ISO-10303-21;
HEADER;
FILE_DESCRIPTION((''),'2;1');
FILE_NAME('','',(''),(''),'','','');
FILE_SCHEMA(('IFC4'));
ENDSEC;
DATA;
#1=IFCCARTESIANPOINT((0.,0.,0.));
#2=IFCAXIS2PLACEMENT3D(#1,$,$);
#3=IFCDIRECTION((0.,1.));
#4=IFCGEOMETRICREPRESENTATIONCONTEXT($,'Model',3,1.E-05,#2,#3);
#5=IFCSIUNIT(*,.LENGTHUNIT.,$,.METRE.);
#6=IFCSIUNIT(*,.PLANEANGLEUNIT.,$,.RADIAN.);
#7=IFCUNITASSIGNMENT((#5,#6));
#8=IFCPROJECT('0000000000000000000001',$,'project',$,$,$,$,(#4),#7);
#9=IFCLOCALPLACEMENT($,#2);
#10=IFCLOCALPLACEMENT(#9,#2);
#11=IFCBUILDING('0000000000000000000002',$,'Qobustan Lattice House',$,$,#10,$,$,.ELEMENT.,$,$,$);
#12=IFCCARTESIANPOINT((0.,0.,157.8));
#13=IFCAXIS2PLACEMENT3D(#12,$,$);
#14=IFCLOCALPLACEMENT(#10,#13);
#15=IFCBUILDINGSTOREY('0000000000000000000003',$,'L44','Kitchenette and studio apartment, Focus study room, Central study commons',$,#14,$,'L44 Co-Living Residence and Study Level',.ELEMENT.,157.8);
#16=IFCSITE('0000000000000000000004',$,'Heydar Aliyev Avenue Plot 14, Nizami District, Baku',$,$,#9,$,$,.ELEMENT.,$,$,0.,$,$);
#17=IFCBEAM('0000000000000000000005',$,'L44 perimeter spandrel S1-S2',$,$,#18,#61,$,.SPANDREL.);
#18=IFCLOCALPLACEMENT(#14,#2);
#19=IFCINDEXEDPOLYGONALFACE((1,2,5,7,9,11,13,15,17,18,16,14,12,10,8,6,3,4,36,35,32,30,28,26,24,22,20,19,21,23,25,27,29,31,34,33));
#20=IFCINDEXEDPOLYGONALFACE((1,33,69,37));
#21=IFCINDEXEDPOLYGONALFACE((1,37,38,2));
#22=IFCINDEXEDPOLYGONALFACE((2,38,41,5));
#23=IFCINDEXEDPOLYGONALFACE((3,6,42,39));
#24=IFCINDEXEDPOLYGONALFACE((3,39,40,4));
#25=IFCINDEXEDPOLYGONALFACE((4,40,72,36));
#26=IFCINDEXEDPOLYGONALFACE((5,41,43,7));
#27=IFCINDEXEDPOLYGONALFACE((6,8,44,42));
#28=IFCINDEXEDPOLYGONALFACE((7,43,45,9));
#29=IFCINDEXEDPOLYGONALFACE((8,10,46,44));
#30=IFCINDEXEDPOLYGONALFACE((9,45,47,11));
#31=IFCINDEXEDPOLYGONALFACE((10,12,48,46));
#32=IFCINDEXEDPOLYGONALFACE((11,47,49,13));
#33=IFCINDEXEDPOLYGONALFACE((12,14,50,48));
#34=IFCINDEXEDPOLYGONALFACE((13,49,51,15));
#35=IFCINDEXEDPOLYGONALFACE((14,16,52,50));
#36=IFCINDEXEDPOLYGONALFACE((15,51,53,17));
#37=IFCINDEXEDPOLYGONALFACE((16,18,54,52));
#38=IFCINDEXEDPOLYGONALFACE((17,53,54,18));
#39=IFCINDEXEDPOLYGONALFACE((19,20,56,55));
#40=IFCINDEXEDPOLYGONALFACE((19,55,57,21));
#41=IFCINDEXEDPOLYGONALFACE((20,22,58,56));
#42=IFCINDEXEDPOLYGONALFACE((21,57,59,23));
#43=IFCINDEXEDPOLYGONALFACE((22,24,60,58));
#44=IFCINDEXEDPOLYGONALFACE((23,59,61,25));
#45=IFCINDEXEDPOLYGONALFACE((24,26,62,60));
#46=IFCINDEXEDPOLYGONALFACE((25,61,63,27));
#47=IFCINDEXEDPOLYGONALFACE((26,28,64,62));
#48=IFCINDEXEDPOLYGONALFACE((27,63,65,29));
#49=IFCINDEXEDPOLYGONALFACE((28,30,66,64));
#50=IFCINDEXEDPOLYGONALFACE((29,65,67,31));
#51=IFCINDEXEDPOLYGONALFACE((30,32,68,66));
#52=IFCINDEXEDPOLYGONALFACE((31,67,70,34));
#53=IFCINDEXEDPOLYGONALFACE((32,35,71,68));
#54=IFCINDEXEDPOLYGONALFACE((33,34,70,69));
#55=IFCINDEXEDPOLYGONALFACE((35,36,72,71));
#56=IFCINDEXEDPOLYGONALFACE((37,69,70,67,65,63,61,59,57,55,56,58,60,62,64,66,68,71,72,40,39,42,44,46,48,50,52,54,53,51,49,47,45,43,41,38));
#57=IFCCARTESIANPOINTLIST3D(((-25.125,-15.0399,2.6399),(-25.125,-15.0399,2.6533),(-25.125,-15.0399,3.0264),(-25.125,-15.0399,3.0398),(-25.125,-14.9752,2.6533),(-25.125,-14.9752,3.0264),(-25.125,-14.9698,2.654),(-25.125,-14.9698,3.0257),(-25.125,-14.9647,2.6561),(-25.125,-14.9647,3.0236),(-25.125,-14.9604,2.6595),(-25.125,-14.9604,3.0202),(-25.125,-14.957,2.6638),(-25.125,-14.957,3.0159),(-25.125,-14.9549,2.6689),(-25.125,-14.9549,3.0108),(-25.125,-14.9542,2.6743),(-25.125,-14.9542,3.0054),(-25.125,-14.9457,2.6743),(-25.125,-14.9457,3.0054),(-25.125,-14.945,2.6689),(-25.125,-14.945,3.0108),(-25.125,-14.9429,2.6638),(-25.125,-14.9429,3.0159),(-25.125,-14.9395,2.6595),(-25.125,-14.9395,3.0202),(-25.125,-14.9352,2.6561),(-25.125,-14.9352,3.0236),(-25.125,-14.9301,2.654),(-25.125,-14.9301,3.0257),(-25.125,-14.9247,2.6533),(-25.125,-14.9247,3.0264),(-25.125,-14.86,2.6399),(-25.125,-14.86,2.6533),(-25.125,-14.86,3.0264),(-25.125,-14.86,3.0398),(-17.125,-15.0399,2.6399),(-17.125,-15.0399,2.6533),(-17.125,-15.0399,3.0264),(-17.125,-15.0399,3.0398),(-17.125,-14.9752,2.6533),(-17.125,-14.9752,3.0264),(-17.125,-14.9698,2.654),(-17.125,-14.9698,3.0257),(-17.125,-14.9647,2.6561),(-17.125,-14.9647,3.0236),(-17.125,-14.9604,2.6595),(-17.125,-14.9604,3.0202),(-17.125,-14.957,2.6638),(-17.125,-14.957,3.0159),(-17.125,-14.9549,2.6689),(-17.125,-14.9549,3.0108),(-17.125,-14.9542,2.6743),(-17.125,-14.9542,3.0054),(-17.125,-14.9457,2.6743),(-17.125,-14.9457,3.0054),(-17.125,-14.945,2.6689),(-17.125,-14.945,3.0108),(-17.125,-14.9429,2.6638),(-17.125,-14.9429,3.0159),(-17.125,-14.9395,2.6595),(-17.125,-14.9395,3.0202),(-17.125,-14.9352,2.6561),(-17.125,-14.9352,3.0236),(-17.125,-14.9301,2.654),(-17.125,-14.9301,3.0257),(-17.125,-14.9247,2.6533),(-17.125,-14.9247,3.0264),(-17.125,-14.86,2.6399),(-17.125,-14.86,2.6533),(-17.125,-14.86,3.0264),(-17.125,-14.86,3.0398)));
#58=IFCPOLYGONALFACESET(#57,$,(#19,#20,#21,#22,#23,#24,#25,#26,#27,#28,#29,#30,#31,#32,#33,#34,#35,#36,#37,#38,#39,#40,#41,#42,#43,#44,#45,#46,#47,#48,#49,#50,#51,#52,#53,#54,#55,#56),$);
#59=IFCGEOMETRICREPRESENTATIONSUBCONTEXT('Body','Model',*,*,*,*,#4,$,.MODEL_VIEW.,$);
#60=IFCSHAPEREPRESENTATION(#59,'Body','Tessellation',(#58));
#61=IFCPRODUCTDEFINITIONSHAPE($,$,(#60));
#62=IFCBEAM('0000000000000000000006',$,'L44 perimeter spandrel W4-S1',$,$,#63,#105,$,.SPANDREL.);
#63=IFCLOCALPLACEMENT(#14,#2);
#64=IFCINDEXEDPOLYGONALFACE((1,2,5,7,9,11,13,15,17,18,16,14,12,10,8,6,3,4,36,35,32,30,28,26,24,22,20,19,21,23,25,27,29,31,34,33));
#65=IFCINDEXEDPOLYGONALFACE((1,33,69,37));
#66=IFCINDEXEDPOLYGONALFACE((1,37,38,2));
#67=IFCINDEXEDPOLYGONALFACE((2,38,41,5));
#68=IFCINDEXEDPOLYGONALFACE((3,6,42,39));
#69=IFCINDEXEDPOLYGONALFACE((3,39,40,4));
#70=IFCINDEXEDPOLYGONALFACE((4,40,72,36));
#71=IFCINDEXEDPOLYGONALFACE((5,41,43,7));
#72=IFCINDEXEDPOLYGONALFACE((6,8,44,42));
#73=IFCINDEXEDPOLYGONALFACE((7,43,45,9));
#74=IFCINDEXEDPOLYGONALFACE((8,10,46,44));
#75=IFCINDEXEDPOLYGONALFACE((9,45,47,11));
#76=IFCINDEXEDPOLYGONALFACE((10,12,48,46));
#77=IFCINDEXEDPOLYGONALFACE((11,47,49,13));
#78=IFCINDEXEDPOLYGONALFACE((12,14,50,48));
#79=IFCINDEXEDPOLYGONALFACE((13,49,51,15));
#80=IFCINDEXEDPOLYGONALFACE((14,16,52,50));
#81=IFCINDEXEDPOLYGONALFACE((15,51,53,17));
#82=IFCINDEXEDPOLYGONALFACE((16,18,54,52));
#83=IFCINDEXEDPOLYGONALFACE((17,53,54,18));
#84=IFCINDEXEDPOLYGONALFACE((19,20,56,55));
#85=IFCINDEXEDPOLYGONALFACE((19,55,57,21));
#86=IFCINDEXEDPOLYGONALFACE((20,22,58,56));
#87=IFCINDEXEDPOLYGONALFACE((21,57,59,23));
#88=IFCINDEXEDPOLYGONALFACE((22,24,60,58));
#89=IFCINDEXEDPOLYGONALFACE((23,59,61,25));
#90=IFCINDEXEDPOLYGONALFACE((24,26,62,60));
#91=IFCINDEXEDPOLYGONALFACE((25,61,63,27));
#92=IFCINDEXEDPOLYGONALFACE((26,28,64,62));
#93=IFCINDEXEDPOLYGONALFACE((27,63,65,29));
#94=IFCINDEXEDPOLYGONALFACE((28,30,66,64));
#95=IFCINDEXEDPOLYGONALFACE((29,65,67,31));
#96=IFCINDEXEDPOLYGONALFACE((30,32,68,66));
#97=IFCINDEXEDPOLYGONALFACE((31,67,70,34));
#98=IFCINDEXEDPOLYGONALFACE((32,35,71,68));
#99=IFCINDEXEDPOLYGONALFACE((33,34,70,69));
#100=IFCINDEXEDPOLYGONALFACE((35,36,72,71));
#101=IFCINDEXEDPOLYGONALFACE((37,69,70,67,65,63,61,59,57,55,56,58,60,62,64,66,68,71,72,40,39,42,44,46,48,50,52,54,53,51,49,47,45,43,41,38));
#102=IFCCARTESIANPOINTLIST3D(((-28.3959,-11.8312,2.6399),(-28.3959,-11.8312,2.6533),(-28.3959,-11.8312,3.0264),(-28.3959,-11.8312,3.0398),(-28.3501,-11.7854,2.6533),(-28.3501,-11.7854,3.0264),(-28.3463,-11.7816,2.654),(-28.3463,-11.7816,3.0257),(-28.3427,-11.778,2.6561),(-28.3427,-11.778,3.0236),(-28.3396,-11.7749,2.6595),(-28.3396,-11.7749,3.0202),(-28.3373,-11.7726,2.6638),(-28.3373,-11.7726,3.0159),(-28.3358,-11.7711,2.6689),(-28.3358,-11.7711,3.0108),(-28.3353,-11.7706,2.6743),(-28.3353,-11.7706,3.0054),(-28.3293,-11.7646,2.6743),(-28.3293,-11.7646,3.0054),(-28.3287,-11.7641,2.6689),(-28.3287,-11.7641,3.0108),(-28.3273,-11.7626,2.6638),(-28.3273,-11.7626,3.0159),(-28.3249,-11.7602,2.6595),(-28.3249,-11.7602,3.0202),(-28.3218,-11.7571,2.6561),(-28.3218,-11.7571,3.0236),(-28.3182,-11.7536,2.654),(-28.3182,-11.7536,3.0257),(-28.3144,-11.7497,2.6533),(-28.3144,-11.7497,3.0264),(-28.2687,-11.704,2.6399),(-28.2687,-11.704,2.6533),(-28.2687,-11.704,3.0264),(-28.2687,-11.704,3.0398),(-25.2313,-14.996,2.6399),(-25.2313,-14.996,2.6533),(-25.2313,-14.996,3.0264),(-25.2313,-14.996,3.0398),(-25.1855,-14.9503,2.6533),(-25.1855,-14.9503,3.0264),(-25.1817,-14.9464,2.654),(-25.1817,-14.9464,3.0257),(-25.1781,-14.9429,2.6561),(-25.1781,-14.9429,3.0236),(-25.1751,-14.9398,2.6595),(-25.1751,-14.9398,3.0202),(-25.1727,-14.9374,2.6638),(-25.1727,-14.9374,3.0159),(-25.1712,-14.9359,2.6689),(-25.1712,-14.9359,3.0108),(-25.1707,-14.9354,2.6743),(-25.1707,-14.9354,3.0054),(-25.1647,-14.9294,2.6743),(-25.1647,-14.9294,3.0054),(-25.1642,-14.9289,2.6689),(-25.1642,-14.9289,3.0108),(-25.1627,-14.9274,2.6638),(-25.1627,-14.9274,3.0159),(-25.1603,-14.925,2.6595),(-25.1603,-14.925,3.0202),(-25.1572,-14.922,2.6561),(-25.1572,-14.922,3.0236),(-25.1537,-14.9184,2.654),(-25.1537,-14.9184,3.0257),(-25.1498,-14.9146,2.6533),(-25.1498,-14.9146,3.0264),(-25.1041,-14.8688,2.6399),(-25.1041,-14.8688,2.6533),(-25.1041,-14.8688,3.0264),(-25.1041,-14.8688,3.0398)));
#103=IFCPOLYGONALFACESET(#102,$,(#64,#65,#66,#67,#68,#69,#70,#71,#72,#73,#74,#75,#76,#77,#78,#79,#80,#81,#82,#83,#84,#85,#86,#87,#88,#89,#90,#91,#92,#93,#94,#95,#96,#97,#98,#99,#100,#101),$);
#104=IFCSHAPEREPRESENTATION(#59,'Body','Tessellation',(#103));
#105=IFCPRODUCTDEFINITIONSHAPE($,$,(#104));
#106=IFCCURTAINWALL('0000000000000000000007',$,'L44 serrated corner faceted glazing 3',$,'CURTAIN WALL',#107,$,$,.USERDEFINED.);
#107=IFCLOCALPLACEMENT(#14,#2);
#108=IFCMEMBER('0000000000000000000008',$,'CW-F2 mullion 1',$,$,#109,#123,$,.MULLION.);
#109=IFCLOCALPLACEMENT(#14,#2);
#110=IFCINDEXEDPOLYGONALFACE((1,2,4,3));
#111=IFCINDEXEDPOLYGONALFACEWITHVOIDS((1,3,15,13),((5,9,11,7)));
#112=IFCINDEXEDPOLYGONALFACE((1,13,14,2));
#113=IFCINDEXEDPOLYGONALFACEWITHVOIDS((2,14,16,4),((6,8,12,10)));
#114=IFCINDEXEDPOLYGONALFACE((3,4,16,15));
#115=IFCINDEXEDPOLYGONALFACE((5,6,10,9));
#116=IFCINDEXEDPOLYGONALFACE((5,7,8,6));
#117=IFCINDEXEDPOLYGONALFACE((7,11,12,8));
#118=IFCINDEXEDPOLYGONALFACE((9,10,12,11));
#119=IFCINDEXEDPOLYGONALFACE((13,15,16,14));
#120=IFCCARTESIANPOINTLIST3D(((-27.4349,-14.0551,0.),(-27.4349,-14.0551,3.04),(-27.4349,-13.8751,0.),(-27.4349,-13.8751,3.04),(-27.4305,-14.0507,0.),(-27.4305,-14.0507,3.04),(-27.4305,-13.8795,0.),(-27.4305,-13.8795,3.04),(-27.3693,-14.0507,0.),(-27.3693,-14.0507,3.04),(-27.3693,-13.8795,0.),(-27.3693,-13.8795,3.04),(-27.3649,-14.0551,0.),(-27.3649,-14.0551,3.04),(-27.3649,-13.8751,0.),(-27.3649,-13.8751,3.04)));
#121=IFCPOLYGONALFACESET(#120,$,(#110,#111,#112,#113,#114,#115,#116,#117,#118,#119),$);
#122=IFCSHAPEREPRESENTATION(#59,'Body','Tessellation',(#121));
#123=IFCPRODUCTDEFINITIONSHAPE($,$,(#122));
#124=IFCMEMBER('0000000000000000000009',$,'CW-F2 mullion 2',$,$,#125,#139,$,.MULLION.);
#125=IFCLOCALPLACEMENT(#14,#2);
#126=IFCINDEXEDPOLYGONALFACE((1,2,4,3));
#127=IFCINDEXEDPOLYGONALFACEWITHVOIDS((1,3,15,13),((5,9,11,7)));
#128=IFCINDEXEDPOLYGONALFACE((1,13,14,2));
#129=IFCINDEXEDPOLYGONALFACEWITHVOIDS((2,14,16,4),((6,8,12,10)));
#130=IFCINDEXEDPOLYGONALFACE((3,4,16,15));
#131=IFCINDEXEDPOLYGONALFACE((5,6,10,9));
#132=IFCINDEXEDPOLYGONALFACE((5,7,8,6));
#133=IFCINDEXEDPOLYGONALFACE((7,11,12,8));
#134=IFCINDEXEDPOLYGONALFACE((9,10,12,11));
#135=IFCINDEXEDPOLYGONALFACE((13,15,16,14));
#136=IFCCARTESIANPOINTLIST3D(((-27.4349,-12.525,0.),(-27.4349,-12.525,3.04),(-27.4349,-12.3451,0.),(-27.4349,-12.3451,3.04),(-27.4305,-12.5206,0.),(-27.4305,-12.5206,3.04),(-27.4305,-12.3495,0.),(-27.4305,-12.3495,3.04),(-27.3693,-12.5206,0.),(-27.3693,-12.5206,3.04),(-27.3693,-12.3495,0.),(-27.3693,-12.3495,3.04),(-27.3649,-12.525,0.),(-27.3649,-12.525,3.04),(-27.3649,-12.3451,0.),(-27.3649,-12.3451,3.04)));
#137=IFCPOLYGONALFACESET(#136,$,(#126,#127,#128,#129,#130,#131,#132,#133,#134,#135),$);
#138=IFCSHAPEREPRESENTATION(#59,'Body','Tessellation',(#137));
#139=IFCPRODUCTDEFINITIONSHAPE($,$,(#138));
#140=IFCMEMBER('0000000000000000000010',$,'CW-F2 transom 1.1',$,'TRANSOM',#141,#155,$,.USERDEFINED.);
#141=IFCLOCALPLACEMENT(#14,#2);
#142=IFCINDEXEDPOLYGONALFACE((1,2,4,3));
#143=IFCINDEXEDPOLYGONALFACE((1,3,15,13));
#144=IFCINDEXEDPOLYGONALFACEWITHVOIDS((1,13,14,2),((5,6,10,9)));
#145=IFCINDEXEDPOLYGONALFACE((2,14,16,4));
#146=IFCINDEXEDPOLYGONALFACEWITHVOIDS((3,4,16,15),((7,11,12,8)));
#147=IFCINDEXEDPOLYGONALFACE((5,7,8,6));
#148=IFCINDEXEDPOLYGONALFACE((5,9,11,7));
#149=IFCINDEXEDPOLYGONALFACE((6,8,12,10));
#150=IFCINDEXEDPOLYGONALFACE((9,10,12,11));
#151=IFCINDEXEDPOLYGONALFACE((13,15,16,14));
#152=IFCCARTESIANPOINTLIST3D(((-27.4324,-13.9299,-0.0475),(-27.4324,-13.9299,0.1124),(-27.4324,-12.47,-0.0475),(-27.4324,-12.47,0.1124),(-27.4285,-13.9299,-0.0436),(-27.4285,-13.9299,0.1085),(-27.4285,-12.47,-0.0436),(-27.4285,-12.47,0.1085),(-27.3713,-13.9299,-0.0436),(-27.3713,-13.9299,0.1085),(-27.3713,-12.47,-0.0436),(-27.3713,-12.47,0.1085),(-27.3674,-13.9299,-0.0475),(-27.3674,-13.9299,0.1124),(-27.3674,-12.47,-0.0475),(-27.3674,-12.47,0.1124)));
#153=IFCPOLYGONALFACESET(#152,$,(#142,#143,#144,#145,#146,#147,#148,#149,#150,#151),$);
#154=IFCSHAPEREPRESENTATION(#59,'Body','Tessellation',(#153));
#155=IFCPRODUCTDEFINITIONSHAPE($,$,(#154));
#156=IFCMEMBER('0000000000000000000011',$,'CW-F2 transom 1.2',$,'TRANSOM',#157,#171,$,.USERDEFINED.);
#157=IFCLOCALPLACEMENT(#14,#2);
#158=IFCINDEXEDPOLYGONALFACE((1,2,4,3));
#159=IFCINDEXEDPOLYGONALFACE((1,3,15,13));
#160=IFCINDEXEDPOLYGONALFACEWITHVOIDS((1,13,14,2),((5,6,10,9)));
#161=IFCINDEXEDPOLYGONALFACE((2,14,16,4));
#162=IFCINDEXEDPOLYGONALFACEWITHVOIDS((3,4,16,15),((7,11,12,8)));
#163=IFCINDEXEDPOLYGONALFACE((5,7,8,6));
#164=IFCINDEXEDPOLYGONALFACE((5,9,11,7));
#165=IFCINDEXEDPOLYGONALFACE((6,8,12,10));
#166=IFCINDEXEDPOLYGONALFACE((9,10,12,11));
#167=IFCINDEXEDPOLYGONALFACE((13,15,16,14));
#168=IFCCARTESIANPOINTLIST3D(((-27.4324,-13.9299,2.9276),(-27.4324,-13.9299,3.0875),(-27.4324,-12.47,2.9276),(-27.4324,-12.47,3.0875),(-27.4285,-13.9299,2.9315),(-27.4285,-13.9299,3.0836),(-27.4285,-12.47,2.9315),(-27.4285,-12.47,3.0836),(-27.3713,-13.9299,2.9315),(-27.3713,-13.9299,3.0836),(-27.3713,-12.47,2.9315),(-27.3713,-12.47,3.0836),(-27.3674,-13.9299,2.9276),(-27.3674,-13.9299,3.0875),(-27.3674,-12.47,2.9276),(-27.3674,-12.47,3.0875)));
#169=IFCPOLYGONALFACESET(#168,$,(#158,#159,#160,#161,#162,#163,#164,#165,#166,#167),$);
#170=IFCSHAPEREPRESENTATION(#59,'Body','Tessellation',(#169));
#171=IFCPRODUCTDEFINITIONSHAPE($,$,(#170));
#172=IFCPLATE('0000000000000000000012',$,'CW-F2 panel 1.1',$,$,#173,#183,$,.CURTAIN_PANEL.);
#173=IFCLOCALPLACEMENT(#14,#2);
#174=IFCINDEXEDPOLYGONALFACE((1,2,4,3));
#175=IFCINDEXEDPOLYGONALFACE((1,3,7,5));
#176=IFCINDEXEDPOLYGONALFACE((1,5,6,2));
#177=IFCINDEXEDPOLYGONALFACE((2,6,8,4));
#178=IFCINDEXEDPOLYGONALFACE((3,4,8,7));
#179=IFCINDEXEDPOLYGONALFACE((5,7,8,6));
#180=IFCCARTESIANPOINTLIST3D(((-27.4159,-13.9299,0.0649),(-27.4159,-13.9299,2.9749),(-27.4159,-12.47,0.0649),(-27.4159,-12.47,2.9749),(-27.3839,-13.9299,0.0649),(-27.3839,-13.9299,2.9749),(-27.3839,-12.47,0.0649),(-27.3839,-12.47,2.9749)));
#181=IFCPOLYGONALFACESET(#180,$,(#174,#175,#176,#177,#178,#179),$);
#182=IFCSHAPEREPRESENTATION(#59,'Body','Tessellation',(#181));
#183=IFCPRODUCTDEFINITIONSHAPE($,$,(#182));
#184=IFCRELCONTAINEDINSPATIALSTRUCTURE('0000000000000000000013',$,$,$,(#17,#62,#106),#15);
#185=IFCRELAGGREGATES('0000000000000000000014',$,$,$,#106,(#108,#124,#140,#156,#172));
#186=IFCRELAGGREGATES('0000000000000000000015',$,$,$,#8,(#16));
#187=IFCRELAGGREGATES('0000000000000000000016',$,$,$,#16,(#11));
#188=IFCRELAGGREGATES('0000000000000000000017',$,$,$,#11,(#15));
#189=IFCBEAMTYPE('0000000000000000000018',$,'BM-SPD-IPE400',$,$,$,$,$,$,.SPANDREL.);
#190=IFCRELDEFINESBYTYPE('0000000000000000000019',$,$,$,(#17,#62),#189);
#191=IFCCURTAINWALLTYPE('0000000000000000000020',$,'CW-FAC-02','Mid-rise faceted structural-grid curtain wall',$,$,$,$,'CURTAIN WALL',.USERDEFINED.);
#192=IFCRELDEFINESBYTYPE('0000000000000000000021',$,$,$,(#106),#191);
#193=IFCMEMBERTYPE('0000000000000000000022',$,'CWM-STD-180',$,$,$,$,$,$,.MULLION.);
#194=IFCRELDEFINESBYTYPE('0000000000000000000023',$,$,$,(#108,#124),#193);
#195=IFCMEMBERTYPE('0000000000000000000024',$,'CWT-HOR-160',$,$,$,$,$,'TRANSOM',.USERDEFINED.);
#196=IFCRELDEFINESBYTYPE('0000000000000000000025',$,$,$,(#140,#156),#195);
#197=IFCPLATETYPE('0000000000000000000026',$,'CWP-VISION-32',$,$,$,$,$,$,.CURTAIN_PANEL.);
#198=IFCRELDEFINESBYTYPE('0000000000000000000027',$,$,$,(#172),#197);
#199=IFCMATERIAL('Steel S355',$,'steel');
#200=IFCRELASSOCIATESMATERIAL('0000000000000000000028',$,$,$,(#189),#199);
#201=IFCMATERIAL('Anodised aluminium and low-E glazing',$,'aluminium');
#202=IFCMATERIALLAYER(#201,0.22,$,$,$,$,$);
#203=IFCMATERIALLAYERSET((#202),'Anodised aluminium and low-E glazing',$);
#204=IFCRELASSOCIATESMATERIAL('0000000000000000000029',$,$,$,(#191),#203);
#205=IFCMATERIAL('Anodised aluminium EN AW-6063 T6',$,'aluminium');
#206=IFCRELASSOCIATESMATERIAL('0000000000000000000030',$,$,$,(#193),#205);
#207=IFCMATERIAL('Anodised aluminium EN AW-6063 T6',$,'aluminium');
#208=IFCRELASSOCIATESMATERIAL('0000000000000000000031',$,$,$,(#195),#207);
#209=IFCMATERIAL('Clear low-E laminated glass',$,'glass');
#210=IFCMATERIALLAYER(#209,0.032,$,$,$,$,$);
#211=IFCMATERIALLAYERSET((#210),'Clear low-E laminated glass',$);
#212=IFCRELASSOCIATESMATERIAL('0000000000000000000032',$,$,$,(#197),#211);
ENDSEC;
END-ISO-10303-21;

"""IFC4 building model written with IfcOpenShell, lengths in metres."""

from ifc_helpers import new_model, si_unit, direction, frame, origin, origin_2d, place, context, subcontext, project, spatial, rectangle, hollow_rectangle, i_section, extrude, material, layer, layer_set, material_profile, profile_set, type_object, element, aggregate, save


model = new_model("IFC4")

# Units and contexts
model_context = context("Model", 3, precision=1e-05, world=origin(), true_north=direction((0.0, 1.0)))
body_context = subcontext(model_context, "Body", "Model", "MODEL_VIEW")
ifc_project = project(units=[si_unit("LENGTHUNIT", "METRE"), si_unit("PLANEANGLEUNIT", "RADIAN")], contexts=[model_context])

# Site, building, storey
site_placement = place(None, origin())
site = spatial("IfcSite", under=ifc_project, at=site_placement, Name="Heydar Aliyev Avenue Plot 14, Nizami District, Baku", CompositionType="ELEMENT", RefElevation=0.0)
building_placement = place(site_placement, origin())
building = spatial("IfcBuilding", under=site, at=building_placement, Name="Qobustan Lattice House", CompositionType="ELEMENT")
storey_placement = place(building_placement, frame((0.0, 0.0, 157.8)))
storey = spatial("IfcBuildingStorey", under=building, at=storey_placement, Name="L44", Description="Kitchenette and studio apartment, Focus study room, Central study commons", LongName="L44 Co-Living Residence and Study Level", CompositionType="ELEMENT", Elevation=157.8)

# Beams
ifc_material_1 = material(Name="Steel S355", Category="steel")
ifc_material_profile_1 = material_profile(ifc_material_1, i_section(OverallWidth=0.1799, OverallDepth=0.3999, WebThickness=0.0085, FlangeThickness=0.0134, FilletRadius=0.021, at=origin_2d()), Name="IPE400")
ifc_profile_set_1 = profile_set([ifc_material_profile_1], Name="Steel S355")
beam_type_1 = type_object("IfcBeamType", Name="BM-SPD-IPE400", PredefinedType="SPANDREL", material=ifc_profile_set_1)
beam_1_placement = place(storey_placement, frame((-25.125, -14.95, 2.8398), z_axis=(1.0, 0.0, 0.0), x_axis=(0.0, 1.0, 0.0)))
element("IfcBeam", 1, at=beam_1_placement, inside=storey, type_object=beam_type_1, Name="L44 perimeter spandrel S1-S2", PredefinedType="SPANDREL", context=body_context, shape_type="SweptSolid", body=[
    extrude(i_section(OverallWidth=0.1799, OverallDepth=0.3999, WebThickness=0.0085, FlangeThickness=0.0134, FilletRadius=0.021, at=origin_2d()), origin(), (0.0, 0.0, 1.0), 8.0),
])
beam_2_placement = place(storey_placement, frame((-28.3323, -11.7676, 2.8398), z_axis=(0.70708, -0.707134, 0.0), x_axis=(0.707134, 0.70708, 0.0)))
element("IfcBeam", 2, at=beam_2_placement, inside=storey, type_object=beam_type_1, Name="L44 perimeter spandrel W4-S1", PredefinedType="SPANDREL", context=body_context, shape_type="SweptSolid", body=[
    extrude(i_section(OverallWidth=0.1799, OverallDepth=0.3999, WebThickness=0.0085, FlangeThickness=0.0134, FilletRadius=0.021, at=origin_2d()), origin(), (0.0, 0.0, 1.0), 4.4756),
])

# Curtain wall, members, plate
ifc_material_2 = material(Name="Anodised aluminium and low-E glazing", Category="aluminium")
ifc_layer_1 = layer(ifc_material_2, 0.22)
ifc_layer_set_1 = layer_set([ifc_layer_1], Name="Anodised aluminium and low-E glazing")
curtain_wall_type = type_object("IfcCurtainWallType", Name="CW-FAC-02", Description="Mid-rise faceted structural-grid curtain wall", ElementType="CURTAIN WALL", PredefinedType="USERDEFINED", material=ifc_layer_set_1)
curtain_wall_placement = place(storey_placement, origin())
curtain_wall = element("IfcCurtainWall", 3, at=curtain_wall_placement, inside=storey, type_object=curtain_wall_type, Name="L44 serrated corner faceted glazing 3", ObjectType="CURTAIN WALL", PredefinedType="USERDEFINED")
ifc_material_3 = material(Name="Anodised aluminium EN AW-6063 T6", Category="aluminium")
ifc_material_profile_2 = material_profile(ifc_material_3, hollow_rectangle(XDim=0.0701, YDim=0.1799, WallThickness=0.0044, at=origin_2d()), Name="CWM-180x70")
ifc_profile_set_2 = profile_set([ifc_material_profile_2], Name="Anodised aluminium EN AW-6063 T6")
member_type_1 = type_object("IfcMemberType", Name="CWM-STD-180", PredefinedType="MULLION", material=ifc_profile_set_2)
member_1_placement = place(storey_placement, frame((-27.3999, -13.9651, 0.0), z_axis=(0.0, 0.0, 1.0), x_axis=(-1.0, 0.0, 0.0)))
member_1 = element("IfcMember", 4, at=member_1_placement, type_object=member_type_1, Name="CW-F2 mullion 1", PredefinedType="MULLION", context=body_context, shape_type="SweptSolid", body=[
    extrude(hollow_rectangle(XDim=0.0701, YDim=0.1799, WallThickness=0.0044, at=origin_2d()), origin(), (0.0, 0.0, 1.0), 3.04),
])
member_2_placement = place(storey_placement, frame((-27.3999, -12.4351, 0.0), z_axis=(0.0, 0.0, 1.0), x_axis=(-1.0, 0.0, 0.0)))
member_2 = element("IfcMember", 5, at=member_2_placement, type_object=member_type_1, Name="CW-F2 mullion 2", PredefinedType="MULLION", context=body_context, shape_type="SweptSolid", body=[
    extrude(hollow_rectangle(XDim=0.0701, YDim=0.1799, WallThickness=0.0044, at=origin_2d()), origin(), (0.0, 0.0, 1.0), 3.04),
])
ifc_material_4 = material(Name="Anodised aluminium EN AW-6063 T6", Category="aluminium")
ifc_material_profile_3 = material_profile(ifc_material_4, hollow_rectangle(XDim=0.0649, YDim=0.1599, WallThickness=0.0039, at=origin_2d()), Name="CWT-160x65")
ifc_profile_set_3 = profile_set([ifc_material_profile_3], Name="Anodised aluminium EN AW-6063 T6")
member_type_2 = type_object("IfcMemberType", Name="CWT-HOR-160", ElementType="TRANSOM", PredefinedType="USERDEFINED", material=ifc_profile_set_3)
member_3_placement = place(storey_placement, frame((-27.3999, -13.9299, 0.0325), z_axis=(0.0, 1.0, 0.0), x_axis=(-1.0, 0.0, 0.0)))
member_3 = element("IfcMember", 6, at=member_3_placement, type_object=member_type_2, Name="CW-F2 transom 1.1", ObjectType="TRANSOM", PredefinedType="USERDEFINED", context=body_context, shape_type="SweptSolid", body=[
    extrude(hollow_rectangle(XDim=0.0649, YDim=0.1599, WallThickness=0.0039, at=origin_2d()), origin(), (0.0, 0.0, 1.0), 1.46),
])
member_4_placement = place(storey_placement, frame((-27.3999, -13.9299, 3.0076), z_axis=(0.0, 1.0, 0.0), x_axis=(-1.0, 0.0, 0.0)))
member_4 = element("IfcMember", 7, at=member_4_placement, type_object=member_type_2, Name="CW-F2 transom 1.2", ObjectType="TRANSOM", PredefinedType="USERDEFINED", context=body_context, shape_type="SweptSolid", body=[
    extrude(hollow_rectangle(XDim=0.0649, YDim=0.1599, WallThickness=0.0039, at=origin_2d()), origin(), (0.0, 0.0, 1.0), 1.46),
])
ifc_material_5 = material(Name="Clear low-E laminated glass", Category="glass")
ifc_layer_2 = layer(ifc_material_5, 0.032)
ifc_layer_set_2 = layer_set([ifc_layer_2], Name="Clear low-E laminated glass")
plate_type = type_object("IfcPlateType", Name="CWP-VISION-32", PredefinedType="CURTAIN_PANEL", material=ifc_layer_set_2)
plate_placement = place(storey_placement, frame((-27.3999, -13.2, 0.0649), z_axis=(0.0, 0.0, 1.0), x_axis=(0.0, 1.0, 0.0)))
plate = element("IfcPlate", 8, at=plate_placement, type_object=plate_type, Name="CW-F2 panel 1.1", PredefinedType="CURTAIN_PANEL", context=body_context, shape_type="SweptSolid", body=[
    extrude(rectangle(XDim=1.46, YDim=0.032, at=origin_2d()), origin(), (0.0, 0.0, 1.0), 2.9099),
])
aggregate(curtain_wall, [member_1, member_2, member_3, member_4, plate])

save(model, "model.ifc")
